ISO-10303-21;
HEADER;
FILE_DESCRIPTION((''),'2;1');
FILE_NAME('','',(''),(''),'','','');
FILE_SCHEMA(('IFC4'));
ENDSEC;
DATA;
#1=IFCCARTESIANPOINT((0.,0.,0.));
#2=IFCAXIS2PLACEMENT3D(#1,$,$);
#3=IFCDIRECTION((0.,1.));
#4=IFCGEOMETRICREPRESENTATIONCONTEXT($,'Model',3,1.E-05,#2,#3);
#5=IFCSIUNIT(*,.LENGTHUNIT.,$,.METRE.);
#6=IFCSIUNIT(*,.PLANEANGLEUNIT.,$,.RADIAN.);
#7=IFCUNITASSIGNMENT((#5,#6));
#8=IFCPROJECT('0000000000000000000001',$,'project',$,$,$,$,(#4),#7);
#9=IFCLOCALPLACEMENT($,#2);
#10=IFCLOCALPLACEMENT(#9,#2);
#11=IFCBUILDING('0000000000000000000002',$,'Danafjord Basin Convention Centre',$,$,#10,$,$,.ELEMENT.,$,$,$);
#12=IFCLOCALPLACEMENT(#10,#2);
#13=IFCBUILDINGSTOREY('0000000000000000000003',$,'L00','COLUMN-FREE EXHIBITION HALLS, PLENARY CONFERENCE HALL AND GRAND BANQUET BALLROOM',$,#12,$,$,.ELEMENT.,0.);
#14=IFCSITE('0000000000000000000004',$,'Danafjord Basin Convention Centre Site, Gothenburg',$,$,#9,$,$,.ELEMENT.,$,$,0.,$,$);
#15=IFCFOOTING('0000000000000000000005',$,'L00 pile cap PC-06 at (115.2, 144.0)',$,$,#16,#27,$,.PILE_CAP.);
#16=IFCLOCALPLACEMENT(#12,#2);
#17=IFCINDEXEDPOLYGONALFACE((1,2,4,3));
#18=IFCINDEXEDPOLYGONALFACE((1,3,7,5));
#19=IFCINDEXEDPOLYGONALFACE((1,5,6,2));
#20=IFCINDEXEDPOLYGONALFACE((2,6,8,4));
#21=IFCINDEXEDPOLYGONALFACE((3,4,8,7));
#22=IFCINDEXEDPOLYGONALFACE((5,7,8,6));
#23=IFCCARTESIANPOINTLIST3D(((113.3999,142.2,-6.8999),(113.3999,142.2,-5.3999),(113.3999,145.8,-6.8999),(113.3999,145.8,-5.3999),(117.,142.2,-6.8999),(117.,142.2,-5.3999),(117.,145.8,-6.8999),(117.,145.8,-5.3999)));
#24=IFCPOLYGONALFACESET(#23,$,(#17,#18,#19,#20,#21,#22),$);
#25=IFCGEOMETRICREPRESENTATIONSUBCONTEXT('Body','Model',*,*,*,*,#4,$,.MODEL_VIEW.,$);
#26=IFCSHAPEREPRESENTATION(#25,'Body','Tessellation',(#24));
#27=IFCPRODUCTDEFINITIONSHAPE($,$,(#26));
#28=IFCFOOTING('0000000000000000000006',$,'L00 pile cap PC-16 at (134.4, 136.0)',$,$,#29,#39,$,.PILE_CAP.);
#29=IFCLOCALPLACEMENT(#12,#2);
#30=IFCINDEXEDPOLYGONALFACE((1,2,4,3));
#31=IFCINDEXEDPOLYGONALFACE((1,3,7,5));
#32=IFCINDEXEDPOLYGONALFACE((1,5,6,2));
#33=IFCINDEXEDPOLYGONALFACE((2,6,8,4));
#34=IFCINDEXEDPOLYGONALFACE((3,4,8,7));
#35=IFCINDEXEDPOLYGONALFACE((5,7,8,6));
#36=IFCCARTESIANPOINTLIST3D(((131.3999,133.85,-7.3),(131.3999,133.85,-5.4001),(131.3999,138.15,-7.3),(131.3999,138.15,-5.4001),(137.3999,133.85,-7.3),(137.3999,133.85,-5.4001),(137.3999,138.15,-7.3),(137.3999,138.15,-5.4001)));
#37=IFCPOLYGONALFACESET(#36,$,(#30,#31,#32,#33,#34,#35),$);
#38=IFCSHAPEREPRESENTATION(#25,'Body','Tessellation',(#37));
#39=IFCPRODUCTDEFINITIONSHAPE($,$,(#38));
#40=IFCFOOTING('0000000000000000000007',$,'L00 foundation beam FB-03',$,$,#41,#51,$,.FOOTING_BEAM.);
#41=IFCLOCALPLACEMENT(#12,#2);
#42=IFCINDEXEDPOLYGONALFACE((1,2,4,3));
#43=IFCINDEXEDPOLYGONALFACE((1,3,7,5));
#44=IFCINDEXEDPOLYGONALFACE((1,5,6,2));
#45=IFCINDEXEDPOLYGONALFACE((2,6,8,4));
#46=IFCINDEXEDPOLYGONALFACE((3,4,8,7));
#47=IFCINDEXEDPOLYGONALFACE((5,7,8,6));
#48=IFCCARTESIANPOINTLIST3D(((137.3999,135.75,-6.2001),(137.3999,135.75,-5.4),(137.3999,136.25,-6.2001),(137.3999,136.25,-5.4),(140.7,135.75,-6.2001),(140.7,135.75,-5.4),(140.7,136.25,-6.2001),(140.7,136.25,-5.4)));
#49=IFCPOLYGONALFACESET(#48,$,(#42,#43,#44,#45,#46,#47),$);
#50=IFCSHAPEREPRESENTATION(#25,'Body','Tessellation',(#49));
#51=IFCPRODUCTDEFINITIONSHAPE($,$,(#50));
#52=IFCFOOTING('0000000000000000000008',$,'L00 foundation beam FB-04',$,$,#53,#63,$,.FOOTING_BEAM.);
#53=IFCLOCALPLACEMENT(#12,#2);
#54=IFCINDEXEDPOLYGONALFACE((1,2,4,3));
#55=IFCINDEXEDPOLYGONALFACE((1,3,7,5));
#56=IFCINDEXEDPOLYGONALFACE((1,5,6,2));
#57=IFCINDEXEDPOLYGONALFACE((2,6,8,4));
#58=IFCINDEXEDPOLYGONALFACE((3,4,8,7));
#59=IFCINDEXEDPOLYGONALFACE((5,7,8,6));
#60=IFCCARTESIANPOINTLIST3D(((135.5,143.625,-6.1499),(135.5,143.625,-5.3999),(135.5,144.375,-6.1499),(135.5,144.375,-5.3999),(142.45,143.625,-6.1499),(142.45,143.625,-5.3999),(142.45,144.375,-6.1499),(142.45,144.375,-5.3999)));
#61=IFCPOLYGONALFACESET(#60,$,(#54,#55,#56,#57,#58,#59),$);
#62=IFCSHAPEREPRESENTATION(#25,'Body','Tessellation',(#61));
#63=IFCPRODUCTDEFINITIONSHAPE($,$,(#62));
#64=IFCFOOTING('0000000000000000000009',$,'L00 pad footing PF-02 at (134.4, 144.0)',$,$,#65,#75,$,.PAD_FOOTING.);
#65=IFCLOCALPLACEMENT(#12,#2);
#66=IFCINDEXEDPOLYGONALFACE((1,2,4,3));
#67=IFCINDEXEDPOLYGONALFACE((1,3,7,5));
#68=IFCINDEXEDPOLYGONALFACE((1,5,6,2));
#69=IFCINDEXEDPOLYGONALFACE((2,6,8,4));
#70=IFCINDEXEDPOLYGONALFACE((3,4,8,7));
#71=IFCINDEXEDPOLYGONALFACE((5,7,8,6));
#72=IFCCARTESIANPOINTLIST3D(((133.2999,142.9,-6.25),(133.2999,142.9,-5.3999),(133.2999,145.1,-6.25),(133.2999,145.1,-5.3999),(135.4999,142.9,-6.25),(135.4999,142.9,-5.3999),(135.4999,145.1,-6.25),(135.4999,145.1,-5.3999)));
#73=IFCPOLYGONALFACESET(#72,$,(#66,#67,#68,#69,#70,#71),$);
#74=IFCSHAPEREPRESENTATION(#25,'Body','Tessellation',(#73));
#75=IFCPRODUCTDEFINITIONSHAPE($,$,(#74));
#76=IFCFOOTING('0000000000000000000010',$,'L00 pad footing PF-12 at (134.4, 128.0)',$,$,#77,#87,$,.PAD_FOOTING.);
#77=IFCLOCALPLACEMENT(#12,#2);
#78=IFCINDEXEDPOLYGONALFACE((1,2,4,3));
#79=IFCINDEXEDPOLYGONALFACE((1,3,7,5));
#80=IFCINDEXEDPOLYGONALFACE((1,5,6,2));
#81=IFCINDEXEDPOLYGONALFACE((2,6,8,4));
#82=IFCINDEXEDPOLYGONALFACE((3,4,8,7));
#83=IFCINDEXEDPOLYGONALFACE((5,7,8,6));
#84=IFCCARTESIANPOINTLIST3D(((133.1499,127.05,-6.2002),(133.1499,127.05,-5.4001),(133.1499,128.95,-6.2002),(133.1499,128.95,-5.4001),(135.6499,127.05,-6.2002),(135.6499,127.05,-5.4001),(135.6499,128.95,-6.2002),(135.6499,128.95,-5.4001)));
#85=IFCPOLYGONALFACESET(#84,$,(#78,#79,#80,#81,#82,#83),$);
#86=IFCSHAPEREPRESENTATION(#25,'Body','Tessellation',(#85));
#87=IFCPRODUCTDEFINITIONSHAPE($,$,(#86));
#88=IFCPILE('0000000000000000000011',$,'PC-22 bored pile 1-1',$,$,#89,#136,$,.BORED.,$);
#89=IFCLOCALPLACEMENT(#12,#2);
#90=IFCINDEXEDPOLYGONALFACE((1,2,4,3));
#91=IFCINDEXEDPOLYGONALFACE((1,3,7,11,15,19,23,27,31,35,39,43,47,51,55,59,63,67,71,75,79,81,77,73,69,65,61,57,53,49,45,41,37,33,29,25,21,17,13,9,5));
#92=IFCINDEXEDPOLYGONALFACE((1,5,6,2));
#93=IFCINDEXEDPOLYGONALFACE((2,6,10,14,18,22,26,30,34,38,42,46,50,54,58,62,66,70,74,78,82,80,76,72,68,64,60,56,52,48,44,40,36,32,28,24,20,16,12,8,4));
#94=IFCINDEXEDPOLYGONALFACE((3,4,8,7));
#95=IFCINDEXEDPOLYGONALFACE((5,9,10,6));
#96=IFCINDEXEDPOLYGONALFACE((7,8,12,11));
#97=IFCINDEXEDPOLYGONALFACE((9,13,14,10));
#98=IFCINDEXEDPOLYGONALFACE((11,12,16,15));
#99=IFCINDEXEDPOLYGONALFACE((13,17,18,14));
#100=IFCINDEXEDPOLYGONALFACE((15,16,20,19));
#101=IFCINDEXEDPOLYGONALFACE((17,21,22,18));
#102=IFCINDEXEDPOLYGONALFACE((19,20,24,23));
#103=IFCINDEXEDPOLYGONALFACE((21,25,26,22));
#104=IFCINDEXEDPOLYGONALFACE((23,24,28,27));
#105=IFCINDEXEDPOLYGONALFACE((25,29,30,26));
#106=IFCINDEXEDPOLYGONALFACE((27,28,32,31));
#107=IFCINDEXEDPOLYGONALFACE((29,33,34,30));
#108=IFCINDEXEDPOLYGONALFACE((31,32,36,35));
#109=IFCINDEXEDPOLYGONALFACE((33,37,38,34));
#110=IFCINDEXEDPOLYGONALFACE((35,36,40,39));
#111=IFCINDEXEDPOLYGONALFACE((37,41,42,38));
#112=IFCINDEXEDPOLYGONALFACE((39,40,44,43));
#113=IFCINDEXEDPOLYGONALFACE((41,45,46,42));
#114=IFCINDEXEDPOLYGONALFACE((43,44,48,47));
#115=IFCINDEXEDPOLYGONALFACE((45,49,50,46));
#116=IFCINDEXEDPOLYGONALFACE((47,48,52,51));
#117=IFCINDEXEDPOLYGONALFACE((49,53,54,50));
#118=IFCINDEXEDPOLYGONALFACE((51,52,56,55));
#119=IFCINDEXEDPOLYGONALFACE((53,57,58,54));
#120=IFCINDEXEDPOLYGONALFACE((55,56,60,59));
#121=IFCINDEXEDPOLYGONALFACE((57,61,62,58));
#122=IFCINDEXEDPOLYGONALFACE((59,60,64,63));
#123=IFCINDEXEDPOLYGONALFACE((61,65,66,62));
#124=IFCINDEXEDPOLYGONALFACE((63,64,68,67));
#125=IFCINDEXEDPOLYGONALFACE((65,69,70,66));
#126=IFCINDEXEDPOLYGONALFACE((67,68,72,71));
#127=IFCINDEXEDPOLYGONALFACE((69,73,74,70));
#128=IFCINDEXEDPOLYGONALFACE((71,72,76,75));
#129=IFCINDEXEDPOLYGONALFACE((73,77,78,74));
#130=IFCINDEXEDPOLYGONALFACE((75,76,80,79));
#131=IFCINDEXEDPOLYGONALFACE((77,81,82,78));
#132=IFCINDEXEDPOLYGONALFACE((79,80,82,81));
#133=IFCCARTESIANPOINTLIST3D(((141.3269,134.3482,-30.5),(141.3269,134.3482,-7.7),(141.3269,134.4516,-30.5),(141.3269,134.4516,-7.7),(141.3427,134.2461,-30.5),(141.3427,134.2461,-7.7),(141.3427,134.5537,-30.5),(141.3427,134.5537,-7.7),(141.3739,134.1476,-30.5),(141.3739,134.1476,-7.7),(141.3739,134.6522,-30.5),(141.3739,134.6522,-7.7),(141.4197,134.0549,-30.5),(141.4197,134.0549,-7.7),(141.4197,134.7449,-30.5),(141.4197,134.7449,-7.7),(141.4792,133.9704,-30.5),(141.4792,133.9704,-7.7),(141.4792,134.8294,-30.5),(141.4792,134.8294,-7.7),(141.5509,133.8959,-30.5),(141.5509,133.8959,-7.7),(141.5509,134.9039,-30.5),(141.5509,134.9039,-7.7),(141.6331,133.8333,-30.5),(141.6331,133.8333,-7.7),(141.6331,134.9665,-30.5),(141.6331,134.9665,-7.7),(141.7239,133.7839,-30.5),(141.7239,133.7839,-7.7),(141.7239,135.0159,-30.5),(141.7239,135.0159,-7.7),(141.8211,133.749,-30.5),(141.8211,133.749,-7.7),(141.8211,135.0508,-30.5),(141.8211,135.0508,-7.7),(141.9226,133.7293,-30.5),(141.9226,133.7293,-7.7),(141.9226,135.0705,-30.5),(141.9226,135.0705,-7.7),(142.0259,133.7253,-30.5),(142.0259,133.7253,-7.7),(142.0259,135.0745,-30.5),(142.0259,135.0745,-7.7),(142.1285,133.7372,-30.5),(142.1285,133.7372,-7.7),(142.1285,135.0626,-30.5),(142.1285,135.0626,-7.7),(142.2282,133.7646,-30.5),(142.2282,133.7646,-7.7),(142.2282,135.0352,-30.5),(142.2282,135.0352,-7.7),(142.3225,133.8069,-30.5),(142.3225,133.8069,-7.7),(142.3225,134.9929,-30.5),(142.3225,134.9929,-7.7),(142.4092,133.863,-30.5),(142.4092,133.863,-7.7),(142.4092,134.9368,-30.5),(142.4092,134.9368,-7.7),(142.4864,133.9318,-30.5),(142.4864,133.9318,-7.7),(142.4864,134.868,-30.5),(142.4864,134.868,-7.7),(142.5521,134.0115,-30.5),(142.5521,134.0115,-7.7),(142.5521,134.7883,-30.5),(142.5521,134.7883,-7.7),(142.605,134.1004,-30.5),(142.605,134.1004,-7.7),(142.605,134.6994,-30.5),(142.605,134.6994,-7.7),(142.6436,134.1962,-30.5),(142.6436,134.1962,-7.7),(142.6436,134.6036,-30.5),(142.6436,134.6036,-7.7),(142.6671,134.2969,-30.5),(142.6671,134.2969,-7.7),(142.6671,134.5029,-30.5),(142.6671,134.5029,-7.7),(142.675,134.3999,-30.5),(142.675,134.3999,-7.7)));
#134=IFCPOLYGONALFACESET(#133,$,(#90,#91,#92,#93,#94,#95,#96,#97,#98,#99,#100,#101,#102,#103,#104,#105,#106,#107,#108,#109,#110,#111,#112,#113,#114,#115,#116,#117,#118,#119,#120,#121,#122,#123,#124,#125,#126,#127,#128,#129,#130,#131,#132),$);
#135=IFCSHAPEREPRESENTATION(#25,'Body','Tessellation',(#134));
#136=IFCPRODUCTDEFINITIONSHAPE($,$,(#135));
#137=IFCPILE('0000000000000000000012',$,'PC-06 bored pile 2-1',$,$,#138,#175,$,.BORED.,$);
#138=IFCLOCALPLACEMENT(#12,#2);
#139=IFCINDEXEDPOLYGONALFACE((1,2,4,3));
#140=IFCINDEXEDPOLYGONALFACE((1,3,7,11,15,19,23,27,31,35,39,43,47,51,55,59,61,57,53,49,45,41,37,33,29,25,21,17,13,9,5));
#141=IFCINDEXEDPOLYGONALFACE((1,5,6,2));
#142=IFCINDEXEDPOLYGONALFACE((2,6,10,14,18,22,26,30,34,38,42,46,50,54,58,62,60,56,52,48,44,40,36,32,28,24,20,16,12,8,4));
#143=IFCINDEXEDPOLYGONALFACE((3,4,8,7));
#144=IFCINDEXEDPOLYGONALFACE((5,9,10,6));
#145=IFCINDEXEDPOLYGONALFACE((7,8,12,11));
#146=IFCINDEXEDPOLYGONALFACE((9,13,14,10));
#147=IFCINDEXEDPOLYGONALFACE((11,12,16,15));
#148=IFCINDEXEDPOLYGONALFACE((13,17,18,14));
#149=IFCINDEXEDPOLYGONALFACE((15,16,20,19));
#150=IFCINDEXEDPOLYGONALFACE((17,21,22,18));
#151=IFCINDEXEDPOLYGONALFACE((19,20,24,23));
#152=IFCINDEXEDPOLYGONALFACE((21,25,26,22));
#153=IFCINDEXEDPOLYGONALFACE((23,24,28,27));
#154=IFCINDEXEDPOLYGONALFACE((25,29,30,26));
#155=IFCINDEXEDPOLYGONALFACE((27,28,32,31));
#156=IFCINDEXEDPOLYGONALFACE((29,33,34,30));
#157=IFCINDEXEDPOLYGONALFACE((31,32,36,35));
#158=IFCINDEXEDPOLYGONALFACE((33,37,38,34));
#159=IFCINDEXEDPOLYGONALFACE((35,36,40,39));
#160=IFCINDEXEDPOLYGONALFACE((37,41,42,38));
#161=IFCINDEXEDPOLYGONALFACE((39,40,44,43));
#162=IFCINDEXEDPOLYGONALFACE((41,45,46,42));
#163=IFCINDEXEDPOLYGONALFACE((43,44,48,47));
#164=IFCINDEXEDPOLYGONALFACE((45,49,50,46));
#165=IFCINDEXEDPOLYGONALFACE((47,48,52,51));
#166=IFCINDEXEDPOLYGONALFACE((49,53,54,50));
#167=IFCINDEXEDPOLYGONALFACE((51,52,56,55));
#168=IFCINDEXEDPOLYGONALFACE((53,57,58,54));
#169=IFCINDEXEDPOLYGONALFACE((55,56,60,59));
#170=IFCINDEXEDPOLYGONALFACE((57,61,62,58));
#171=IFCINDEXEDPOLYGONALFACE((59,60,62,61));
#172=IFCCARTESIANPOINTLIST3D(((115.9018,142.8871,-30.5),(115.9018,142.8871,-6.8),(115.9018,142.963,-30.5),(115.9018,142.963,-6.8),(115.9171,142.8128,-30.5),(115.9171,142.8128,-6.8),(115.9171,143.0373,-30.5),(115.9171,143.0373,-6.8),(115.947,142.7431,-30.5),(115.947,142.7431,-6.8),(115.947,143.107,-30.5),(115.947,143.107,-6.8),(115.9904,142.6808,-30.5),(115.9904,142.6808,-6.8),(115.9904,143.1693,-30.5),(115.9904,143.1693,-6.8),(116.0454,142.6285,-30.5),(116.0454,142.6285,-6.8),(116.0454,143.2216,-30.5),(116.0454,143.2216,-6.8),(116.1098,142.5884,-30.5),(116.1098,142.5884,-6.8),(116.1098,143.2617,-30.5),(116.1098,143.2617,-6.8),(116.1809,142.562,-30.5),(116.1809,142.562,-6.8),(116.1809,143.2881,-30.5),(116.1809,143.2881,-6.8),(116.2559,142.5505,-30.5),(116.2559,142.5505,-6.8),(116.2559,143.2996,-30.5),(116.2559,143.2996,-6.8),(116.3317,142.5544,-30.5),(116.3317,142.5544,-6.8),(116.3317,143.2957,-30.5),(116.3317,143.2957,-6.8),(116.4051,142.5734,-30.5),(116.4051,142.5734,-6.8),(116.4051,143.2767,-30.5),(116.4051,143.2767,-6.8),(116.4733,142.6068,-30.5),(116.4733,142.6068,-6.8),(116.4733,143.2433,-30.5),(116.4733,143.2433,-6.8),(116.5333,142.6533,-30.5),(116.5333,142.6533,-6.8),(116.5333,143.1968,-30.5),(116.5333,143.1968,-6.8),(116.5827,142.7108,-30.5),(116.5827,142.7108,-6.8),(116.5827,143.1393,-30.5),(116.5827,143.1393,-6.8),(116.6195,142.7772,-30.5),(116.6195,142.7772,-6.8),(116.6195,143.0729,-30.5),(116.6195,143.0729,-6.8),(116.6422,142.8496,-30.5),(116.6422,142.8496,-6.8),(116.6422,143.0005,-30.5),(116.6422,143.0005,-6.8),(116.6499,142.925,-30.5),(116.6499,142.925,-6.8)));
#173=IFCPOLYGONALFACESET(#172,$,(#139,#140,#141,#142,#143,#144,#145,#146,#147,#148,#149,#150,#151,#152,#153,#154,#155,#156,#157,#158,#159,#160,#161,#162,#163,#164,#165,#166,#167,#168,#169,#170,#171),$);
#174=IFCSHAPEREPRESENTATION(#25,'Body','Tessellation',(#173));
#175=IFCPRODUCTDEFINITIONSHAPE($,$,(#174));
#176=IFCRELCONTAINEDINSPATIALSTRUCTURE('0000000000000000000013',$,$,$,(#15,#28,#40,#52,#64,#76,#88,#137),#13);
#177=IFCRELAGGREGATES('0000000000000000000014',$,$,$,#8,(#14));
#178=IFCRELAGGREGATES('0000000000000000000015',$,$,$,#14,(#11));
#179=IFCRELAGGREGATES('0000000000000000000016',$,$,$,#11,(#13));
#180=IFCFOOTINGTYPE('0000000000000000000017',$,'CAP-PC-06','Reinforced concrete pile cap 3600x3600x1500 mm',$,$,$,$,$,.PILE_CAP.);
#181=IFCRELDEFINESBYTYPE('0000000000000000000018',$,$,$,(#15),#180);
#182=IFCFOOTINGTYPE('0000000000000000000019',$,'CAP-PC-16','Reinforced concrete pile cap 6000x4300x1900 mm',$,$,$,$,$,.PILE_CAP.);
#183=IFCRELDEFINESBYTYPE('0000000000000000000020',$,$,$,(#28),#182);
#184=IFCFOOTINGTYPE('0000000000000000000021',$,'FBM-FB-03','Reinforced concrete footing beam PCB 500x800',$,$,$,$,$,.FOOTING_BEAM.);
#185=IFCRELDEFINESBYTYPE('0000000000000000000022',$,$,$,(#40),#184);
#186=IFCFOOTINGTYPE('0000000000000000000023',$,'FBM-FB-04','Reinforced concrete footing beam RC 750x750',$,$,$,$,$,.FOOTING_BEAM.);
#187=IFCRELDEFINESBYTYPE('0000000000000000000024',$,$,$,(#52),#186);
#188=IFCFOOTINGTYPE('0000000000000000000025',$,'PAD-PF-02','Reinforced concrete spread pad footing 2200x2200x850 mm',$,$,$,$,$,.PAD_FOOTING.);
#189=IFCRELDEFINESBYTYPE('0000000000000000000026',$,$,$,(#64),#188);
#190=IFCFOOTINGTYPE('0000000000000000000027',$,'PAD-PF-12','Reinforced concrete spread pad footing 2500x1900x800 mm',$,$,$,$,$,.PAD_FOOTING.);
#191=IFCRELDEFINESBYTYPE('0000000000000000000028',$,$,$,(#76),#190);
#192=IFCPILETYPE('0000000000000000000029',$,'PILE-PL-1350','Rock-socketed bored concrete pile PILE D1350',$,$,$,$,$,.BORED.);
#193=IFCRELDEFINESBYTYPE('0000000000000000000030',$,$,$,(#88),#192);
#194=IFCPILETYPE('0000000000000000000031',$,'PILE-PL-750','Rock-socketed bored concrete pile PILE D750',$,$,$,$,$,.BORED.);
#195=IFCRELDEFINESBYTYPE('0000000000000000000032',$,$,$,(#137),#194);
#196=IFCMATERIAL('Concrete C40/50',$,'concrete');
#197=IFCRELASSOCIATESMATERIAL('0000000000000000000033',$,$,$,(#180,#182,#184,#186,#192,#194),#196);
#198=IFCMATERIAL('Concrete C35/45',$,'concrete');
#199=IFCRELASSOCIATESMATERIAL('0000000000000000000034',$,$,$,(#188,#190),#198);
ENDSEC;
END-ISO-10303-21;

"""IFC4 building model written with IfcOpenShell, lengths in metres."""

from ifc_helpers import new_model, si_unit, direction, frame, origin, origin_2d, place, context, subcontext, project, spatial, rectangle, circle, extrude, material, material_profile, profile_set, type_object, element, save


model = new_model("IFC4")

# Units and contexts
model_context = context("Model", 3, precision=1e-05, world=origin(), true_north=direction((0.0, 1.0)))
body_context = subcontext(model_context, "Body", "Model", "MODEL_VIEW")
ifc_project = project(units=[si_unit("LENGTHUNIT", "METRE"), si_unit("PLANEANGLEUNIT", "RADIAN")], contexts=[model_context])

# Site, building, storey
site_placement = place(None, origin())
site = spatial("IfcSite", under=ifc_project, at=site_placement, Name="Danafjord Basin Convention Centre Site, Gothenburg", CompositionType="ELEMENT", RefElevation=0.0)
building_placement = place(site_placement, origin())
building = spatial("IfcBuilding", under=site, at=building_placement, Name="Danafjord Basin Convention Centre", CompositionType="ELEMENT")
storey_placement = place(building_placement, origin())
storey = spatial("IfcBuildingStorey", under=building, at=storey_placement, Name="L00", Description="COLUMN-FREE EXHIBITION HALLS, PLENARY CONFERENCE HALL AND GRAND BANQUET BALLROOM", CompositionType="ELEMENT", Elevation=0.0)

# Footings
ifc_material_1 = material(Name="Concrete C40/50", Category="concrete")
footing_type_1 = type_object("IfcFootingType", Name="CAP-PC-06", Description="Reinforced concrete pile cap 3600x3600x1500 mm", PredefinedType="PILE_CAP", material=ifc_material_1)
footing_1_placement = place(storey_placement, frame((115.2, 144.0, -6.8999), z_axis=(0.0, 0.0, 1.0), x_axis=(1.0, 0.0, 0.0)))
element("IfcFooting", 1, at=footing_1_placement, inside=storey, type_object=footing_type_1, Name="L00 pile cap PC-06 at (115.2, 144.0)", PredefinedType="PILE_CAP", context=body_context, shape_type="SweptSolid", body=[
    extrude(rectangle(XDim=3.6001, YDim=3.6001, at=origin_2d()), origin(), (0.0, 0.0, 1.0), 1.5),
])
footing_type_2 = type_object("IfcFootingType", Name="CAP-PC-16", Description="Reinforced concrete pile cap 6000x4300x1900 mm", PredefinedType="PILE_CAP", material=ifc_material_1)
footing_2_placement = place(storey_placement, frame((134.3999, 136.0, -7.3), z_axis=(0.0, 0.0, 1.0), x_axis=(1.0, 0.0, 0.0)))
element("IfcFooting", 2, at=footing_2_placement, inside=storey, type_object=footing_type_2, Name="L00 pile cap PC-16 at (134.4, 136.0)", PredefinedType="PILE_CAP", context=body_context, shape_type="SweptSolid", body=[
    extrude(rectangle(XDim=6.0, YDim=4.3, at=origin_2d()), origin(), (0.0, 0.0, 1.0), 1.8999),
])
ifc_material_profile_1 = material_profile(ifc_material_1, rectangle(XDim=0.5, YDim=0.8, at=origin_2d()), Name="PCB 500x800")
ifc_profile_set_1 = profile_set([ifc_material_profile_1], Name="Concrete C40/50")
footing_type_3 = type_object("IfcFootingType", Name="FBM-FB-03", Description="Reinforced concrete footing beam PCB 500x800", PredefinedType="FOOTING_BEAM", material=ifc_profile_set_1)
footing_3_placement = place(storey_placement, frame((137.3999, 136.0, -5.8), z_axis=(1.0, 0.0, 0.0), x_axis=(0.0, 1.0, 0.0)))
element("IfcFooting", 3, at=footing_3_placement, inside=storey, type_object=footing_type_3, Name="L00 foundation beam FB-03", PredefinedType="FOOTING_BEAM", context=body_context, shape_type="SweptSolid", body=[
    extrude(rectangle(XDim=0.5, YDim=0.8, at=origin_2d()), origin(), (0.0, 0.0, 1.0), 3.3),
])
ifc_material_profile_2 = material_profile(ifc_material_1, rectangle(XDim=0.75, YDim=0.75, at=origin_2d()), Name="RC 750x750")
ifc_profile_set_2 = profile_set([ifc_material_profile_2], Name="Concrete C40/50")
footing_type_4 = type_object("IfcFootingType", Name="FBM-FB-04", Description="Reinforced concrete footing beam RC 750x750", PredefinedType="FOOTING_BEAM", material=ifc_profile_set_2)
footing_4_placement = place(storey_placement, frame((135.5, 144.0, -5.7749), z_axis=(1.0, 0.0, 0.0), x_axis=(0.0, 1.0, 0.0)))
element("IfcFooting", 4, at=footing_4_placement, inside=storey, type_object=footing_type_4, Name="L00 foundation beam FB-04", PredefinedType="FOOTING_BEAM", context=body_context, shape_type="SweptSolid", body=[
    extrude(rectangle(XDim=0.75, YDim=0.75, at=origin_2d()), origin(), (0.0, 0.0, 1.0), 6.95),
])
ifc_material_2 = material(Name="Concrete C35/45", Category="concrete")
footing_type_5 = type_object("IfcFootingType", Name="PAD-PF-02", Description="Reinforced concrete spread pad footing 2200x2200x850 mm", PredefinedType="PAD_FOOTING", material=ifc_material_2)
footing_5_placement = place(storey_placement, frame((134.3999, 144.0, -6.25), z_axis=(0.0, 0.0, 1.0), x_axis=(1.0, 0.0, 0.0)))
element("IfcFooting", 5, at=footing_5_placement, inside=storey, type_object=footing_type_5, Name="L00 pad footing PF-02 at (134.4, 144.0)", PredefinedType="PAD_FOOTING", context=body_context, shape_type="SweptSolid", body=[
    extrude(rectangle(XDim=2.2, YDim=2.2, at=origin_2d()), origin(), (0.0, 0.0, 1.0), 0.8501),
])
footing_type_6 = type_object("IfcFootingType", Name="PAD-PF-12", Description="Reinforced concrete spread pad footing 2500x1900x800 mm", PredefinedType="PAD_FOOTING", material=ifc_material_2)
footing_6_placement = place(storey_placement, frame((134.3999, 128.0, -6.2002), z_axis=(0.0, 0.0, 1.0), x_axis=(1.0, 0.0, 0.0)))
element("IfcFooting", 6, at=footing_6_placement, inside=storey, type_object=footing_type_6, Name="L00 pad footing PF-12 at (134.4, 128.0)", PredefinedType="PAD_FOOTING", context=body_context, shape_type="SweptSolid", body=[
    extrude(rectangle(XDim=2.5, YDim=1.8999, at=origin_2d()), origin(), (0.0, 0.0, 1.0), 0.8),
])

# Piles
ifc_material_profile_3 = material_profile(ifc_material_1, circle(Radius=0.675, at=origin_2d()), Name="PILE D1350")
ifc_profile_set_3 = profile_set([ifc_material_profile_3], Name="Concrete C40/50")
pile_type_1 = type_object("IfcPileType", Name="PILE-PL-1350", Description="Rock-socketed bored concrete pile PILE D1350", PredefinedType="BORED", material=ifc_profile_set_3)
pile_placement = place(storey_placement, frame((142.0, 134.3999, -7.7), z_axis=(0.0, 0.0, -1.0), x_axis=(1.0, 0.0, 0.0)))
element("IfcPile", 7, at=pile_placement, inside=storey, type_object=pile_type_1, Name="PC-22 bored pile 1-1", PredefinedType="BORED", context=body_context, shape_type="SweptSolid", body=[
    extrude(circle(Radius=0.675, at=origin_2d()), origin(), (0.0, 0.0, 1.0), 22.8),
])
ifc_material_profile_4 = material_profile(ifc_material_1, circle(Radius=0.375, at=origin_2d()), Name="PILE D750")
ifc_profile_set_4 = profile_set([ifc_material_profile_4], Name="Concrete C40/50")
pile_type_2 = type_object("IfcPileType", Name="PILE-PL-750", Description="Rock-socketed bored concrete pile PILE D750", PredefinedType="BORED", material=ifc_profile_set_4)
for number, where, z_axis, x_axis, name in (
    (8, (116.2749, 142.925, -6.8), (0.0, 0.0, -1.0), (1.0, 0.0, 0.0), "PC-06 bored pile 2-1"),
):
    element("IfcPile", number, at=place(storey_placement, frame(where, z_axis=z_axis, x_axis=x_axis)), inside=storey, type_object=pile_type_2, Name=name, PredefinedType="BORED", context=body_context, shape_type="SweptSolid", body=[
        extrude(circle(Radius=0.375, at=origin_2d()), origin(), (0.0, 0.0, 1.0), 23.7),
    ])

save(model, "model.ifc")
